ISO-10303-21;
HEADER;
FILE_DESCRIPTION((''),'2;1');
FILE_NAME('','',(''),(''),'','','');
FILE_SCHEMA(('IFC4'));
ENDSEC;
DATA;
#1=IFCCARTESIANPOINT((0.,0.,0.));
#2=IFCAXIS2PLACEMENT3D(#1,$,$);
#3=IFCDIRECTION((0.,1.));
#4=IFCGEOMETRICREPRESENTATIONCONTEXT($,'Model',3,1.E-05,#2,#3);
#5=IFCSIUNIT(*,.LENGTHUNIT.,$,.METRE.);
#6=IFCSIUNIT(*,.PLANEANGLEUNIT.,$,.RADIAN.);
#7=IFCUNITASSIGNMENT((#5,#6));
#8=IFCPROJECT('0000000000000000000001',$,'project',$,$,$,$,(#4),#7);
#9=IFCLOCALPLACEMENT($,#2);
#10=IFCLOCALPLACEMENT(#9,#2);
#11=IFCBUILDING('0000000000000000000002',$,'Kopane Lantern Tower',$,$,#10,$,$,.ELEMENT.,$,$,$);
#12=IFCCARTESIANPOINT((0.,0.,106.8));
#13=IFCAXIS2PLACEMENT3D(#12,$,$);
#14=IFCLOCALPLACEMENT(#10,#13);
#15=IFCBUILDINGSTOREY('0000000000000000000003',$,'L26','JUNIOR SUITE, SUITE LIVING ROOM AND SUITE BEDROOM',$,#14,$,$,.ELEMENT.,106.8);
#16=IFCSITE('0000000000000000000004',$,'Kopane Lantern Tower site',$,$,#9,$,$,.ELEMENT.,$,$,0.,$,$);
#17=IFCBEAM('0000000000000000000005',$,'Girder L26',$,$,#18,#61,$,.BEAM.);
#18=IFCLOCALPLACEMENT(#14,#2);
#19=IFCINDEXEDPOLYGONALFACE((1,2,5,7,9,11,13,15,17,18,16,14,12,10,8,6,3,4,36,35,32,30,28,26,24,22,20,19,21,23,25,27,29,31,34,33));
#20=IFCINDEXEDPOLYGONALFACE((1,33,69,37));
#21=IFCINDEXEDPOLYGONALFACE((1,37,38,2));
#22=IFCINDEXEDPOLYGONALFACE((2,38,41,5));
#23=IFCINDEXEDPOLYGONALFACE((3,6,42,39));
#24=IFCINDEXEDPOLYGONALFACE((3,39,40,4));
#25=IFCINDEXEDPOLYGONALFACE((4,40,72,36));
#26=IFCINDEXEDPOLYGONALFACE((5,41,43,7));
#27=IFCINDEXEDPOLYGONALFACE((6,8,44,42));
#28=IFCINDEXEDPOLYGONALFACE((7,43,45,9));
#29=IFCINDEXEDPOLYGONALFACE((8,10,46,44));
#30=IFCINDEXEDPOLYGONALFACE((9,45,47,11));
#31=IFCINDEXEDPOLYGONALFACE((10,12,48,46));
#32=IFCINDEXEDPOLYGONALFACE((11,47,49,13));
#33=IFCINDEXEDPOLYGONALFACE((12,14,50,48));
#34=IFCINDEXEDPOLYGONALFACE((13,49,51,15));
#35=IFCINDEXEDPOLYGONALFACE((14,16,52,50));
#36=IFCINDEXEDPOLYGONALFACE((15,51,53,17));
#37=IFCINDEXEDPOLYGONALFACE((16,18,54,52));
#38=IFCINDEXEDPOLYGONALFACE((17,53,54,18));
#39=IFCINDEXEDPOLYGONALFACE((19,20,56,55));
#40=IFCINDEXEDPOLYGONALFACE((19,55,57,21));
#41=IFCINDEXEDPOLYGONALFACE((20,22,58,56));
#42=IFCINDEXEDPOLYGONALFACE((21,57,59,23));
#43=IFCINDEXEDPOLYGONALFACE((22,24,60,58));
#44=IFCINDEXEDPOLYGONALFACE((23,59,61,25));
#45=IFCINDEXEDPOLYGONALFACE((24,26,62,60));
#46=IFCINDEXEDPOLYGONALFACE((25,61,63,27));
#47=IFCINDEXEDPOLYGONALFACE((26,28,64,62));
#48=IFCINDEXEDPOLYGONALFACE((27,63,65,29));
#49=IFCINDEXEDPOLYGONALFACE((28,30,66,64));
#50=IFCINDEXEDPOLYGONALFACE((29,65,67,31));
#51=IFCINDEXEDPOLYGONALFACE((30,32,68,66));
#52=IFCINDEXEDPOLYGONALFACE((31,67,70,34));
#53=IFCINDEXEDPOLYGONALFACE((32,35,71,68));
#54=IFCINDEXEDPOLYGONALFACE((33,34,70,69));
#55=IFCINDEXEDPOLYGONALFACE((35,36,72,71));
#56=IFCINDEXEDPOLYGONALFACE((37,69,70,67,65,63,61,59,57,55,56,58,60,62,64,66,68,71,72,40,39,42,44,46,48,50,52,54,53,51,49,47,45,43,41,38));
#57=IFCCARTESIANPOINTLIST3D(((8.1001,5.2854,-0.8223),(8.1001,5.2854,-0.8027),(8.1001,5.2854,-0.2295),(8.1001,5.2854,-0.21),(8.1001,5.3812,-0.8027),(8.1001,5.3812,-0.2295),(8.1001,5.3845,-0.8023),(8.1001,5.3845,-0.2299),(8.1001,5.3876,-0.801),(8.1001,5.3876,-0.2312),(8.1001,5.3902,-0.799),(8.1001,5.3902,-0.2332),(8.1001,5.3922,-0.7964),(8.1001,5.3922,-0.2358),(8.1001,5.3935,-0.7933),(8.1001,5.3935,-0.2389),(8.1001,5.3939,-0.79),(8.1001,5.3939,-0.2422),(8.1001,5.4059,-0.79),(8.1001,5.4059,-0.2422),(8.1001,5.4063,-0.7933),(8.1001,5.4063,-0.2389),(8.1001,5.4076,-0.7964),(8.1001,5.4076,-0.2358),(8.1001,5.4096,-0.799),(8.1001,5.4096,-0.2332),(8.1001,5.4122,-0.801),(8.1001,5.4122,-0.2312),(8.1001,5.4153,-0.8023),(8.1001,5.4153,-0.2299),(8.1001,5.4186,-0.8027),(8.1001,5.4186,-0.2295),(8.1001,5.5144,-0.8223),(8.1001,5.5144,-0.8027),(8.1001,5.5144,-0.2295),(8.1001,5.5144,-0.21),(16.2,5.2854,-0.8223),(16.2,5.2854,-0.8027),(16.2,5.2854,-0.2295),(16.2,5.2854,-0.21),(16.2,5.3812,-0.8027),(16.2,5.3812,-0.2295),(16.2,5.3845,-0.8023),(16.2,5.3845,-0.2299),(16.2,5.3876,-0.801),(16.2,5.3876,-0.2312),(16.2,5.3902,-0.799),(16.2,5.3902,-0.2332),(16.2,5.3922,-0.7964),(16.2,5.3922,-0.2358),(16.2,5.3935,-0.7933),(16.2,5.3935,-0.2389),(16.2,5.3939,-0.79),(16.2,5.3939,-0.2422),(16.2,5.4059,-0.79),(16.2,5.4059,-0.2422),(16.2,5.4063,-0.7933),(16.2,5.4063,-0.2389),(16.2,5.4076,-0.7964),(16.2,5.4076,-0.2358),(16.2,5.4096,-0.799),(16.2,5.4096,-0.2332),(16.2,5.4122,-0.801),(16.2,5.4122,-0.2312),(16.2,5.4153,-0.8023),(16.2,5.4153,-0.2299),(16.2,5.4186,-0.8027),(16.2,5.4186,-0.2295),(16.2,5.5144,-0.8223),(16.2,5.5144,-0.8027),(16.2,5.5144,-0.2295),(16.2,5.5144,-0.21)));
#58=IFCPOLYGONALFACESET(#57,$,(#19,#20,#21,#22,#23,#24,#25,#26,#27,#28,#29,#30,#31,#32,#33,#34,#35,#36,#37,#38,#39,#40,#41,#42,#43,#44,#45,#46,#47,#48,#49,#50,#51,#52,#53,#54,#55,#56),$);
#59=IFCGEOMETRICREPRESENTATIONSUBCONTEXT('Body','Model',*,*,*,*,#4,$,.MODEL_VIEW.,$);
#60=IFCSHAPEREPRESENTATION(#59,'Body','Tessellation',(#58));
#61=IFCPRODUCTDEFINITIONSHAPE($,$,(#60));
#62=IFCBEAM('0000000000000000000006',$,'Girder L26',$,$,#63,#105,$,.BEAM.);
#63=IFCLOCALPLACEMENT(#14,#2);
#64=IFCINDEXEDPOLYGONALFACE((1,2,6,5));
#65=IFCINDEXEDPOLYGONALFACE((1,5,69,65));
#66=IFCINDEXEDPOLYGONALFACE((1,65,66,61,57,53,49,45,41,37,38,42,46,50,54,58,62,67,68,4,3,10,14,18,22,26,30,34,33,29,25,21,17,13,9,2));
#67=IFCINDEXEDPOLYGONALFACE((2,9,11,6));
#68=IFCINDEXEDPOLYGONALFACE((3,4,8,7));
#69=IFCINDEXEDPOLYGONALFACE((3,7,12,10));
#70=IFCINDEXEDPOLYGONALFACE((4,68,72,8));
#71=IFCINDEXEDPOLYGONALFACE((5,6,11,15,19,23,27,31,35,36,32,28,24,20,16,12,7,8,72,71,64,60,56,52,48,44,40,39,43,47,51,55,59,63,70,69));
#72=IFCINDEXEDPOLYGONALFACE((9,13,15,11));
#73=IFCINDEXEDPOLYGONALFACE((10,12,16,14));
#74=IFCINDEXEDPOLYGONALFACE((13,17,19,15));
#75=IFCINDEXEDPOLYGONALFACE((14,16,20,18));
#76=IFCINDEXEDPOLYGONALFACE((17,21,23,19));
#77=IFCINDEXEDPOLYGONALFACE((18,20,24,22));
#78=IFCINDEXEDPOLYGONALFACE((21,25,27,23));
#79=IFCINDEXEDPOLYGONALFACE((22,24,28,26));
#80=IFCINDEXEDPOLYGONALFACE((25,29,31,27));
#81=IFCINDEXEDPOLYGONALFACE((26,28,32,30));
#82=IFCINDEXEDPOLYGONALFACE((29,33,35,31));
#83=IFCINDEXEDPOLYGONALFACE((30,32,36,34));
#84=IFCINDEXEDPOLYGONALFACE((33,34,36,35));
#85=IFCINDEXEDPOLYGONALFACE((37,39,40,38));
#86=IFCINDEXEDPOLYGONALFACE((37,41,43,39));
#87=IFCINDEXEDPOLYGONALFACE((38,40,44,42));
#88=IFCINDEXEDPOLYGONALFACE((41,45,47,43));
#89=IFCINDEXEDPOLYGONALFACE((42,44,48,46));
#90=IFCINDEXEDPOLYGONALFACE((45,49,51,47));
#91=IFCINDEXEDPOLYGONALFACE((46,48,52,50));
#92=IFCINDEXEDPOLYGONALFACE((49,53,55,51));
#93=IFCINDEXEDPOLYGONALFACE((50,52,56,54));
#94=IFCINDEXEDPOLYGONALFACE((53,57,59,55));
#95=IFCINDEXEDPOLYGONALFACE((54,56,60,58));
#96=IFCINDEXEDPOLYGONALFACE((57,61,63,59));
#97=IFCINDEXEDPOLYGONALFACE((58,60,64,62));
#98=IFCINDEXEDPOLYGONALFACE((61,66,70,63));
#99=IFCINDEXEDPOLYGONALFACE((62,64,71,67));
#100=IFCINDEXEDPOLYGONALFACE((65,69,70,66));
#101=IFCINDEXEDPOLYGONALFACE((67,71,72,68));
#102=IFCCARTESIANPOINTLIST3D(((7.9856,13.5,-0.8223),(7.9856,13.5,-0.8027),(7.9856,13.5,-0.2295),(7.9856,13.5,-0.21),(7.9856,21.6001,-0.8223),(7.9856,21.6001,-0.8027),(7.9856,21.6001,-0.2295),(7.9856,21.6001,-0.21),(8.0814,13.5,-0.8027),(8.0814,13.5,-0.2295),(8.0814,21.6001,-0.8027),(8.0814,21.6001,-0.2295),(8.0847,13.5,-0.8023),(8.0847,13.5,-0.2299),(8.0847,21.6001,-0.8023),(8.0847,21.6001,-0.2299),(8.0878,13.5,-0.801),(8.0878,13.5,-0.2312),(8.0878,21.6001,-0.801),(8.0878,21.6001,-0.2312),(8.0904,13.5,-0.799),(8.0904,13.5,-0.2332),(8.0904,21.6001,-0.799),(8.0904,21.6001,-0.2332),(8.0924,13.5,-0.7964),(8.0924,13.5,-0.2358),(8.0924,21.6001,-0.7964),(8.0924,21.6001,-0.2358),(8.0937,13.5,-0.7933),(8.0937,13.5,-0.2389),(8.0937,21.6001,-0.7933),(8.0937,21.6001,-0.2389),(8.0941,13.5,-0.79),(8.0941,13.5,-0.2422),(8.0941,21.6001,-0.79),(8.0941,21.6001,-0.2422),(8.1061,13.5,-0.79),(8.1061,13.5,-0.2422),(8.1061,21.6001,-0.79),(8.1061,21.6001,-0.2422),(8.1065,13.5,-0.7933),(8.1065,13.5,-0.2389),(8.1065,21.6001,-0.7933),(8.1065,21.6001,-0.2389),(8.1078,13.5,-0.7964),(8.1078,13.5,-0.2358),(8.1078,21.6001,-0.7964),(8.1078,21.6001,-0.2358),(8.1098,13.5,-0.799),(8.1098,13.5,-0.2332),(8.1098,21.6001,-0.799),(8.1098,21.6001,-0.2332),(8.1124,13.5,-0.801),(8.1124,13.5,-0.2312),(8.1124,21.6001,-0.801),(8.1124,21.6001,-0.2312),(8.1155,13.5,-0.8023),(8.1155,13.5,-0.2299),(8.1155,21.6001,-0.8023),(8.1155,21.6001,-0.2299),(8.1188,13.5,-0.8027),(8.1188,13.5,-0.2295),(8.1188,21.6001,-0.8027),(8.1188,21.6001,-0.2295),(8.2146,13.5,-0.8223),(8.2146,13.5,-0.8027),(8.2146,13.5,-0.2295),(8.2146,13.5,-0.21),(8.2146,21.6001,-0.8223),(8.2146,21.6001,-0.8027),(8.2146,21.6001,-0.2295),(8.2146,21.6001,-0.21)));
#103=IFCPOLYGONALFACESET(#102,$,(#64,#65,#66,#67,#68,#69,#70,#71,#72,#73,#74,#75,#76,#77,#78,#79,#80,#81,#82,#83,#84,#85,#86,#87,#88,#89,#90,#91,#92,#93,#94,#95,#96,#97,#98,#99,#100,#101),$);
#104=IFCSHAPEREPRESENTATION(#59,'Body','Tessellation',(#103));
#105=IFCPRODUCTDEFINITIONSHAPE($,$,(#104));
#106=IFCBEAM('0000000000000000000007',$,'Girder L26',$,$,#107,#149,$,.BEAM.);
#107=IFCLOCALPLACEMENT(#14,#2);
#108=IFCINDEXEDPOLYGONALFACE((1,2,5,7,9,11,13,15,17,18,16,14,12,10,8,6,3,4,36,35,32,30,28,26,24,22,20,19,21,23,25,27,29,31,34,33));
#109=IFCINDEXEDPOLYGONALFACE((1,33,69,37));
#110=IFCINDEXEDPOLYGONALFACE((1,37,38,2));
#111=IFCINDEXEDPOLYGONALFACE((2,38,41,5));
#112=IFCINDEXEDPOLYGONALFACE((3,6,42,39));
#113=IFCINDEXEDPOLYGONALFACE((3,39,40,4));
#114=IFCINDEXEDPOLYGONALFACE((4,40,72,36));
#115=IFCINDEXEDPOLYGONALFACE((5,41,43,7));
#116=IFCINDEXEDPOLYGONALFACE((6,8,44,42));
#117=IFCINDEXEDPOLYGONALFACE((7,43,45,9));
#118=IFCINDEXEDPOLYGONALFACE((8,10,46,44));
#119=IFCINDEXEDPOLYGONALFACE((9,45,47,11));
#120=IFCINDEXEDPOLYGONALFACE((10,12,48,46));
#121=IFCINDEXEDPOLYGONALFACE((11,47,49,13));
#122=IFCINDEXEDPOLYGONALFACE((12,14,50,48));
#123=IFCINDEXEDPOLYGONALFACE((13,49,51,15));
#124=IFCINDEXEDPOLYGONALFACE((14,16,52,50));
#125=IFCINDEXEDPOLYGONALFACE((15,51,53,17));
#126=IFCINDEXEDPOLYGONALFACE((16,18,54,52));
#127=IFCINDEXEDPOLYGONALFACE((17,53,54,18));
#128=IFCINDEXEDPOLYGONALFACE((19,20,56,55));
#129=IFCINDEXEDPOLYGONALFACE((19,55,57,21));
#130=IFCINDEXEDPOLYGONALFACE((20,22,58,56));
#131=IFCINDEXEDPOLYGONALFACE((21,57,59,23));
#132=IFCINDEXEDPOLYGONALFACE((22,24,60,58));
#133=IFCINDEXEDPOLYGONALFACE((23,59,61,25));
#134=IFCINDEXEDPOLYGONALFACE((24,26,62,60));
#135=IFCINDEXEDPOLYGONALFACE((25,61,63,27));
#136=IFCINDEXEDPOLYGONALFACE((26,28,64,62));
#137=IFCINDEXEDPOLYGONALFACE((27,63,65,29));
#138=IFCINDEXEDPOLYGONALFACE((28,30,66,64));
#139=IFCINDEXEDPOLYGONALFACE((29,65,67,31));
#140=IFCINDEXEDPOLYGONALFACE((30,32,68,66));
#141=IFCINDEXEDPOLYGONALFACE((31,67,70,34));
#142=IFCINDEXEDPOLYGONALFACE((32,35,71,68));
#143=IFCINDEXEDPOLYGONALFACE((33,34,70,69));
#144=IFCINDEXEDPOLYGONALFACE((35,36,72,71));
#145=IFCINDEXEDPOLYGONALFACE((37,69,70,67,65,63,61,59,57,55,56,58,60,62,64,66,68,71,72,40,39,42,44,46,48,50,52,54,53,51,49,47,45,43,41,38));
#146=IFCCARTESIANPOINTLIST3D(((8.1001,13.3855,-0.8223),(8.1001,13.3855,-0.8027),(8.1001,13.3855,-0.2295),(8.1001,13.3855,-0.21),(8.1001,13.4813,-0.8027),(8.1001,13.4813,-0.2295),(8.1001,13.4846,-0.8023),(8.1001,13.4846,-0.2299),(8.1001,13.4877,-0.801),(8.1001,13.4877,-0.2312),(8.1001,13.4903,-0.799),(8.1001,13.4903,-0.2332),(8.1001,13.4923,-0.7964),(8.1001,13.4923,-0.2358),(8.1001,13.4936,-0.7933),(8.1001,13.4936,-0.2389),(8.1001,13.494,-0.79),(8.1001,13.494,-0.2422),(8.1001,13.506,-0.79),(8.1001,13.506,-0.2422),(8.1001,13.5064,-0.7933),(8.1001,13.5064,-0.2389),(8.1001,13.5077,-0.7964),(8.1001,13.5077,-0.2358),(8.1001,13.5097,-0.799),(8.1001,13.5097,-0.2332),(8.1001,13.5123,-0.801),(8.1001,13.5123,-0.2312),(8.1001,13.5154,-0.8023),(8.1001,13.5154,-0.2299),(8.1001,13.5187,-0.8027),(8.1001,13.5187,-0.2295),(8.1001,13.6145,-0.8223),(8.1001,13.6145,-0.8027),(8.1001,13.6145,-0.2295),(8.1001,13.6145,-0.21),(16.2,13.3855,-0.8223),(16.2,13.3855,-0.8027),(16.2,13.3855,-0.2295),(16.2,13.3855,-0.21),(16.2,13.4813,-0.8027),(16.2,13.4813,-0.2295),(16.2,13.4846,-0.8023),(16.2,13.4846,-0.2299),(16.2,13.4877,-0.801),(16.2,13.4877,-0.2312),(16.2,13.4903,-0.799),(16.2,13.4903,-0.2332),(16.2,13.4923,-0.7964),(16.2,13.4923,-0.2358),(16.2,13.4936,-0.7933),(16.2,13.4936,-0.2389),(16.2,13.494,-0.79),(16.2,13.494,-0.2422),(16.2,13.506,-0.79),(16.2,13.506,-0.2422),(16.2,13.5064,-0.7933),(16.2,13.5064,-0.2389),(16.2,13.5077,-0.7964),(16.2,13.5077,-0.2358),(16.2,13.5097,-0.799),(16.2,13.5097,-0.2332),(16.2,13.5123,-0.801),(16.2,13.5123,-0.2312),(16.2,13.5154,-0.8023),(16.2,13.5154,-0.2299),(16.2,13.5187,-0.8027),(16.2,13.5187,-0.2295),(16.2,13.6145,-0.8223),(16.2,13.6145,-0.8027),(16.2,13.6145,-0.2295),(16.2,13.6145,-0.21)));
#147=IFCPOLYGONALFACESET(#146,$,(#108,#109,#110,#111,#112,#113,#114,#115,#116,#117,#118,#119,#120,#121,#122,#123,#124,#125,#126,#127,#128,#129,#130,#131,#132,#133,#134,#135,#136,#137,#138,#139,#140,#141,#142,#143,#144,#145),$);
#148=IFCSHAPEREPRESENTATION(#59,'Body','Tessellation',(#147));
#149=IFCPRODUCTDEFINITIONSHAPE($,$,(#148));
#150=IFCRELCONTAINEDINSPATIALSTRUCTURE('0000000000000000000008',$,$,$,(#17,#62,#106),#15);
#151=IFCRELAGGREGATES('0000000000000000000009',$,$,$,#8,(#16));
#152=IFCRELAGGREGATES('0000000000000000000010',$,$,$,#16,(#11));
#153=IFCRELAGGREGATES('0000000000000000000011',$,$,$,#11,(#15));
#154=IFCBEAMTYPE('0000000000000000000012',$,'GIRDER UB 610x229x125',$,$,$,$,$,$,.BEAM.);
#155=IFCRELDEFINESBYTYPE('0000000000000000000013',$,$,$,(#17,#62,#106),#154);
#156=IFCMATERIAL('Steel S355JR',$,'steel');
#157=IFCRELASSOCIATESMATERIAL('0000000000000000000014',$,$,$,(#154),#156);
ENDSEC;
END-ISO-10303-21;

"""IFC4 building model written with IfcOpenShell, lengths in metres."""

from ifc_helpers import new_model, si_unit, direction, frame, origin, origin_2d, place, context, subcontext, project, spatial, i_section, extrude, material, material_profile, profile_set, type_object, element, save


model = new_model("IFC4")

# Units and contexts
model_context = context("Model", 3, precision=1e-05, world=origin(), true_north=direction((0.0, 1.0)))
body_context = subcontext(model_context, "Body", "Model", "MODEL_VIEW")
ifc_project = project(units=[si_unit("LENGTHUNIT", "METRE"), si_unit("PLANEANGLEUNIT", "RADIAN")], contexts=[model_context])

# Site, building, storey
site_placement = place(None, origin())
site = spatial("IfcSite", under=ifc_project, at=site_placement, Name="Kopane Lantern Tower site", CompositionType="ELEMENT", RefElevation=0.0)
building_placement = place(site_placement, origin())
building = spatial("IfcBuilding", under=site, at=building_placement, Name="Kopane Lantern Tower", CompositionType="ELEMENT")
storey_placement = place(building_placement, frame((0.0, 0.0, 106.8)))
storey = spatial("IfcBuildingStorey", under=building, at=storey_placement, Name="L26", Description="JUNIOR SUITE, SUITE LIVING ROOM AND SUITE BEDROOM", CompositionType="ELEMENT", Elevation=106.8)

# Beams
ifc_material_1 = material(Name="Steel S355JR", Category="steel")
ifc_material_profile_1 = material_profile(ifc_material_1, i_section(OverallWidth=0.229, OverallDepth=0.6123, WebThickness=0.012, FlangeThickness=0.0195, FilletRadius=0.0127, at=origin_2d()), Name="UB 610x229x125")
ifc_profile_set_1 = profile_set([ifc_material_profile_1], Name="Steel S355JR")
beam_type_1 = type_object("IfcBeamType", Name="GIRDER UB 610x229x125", PredefinedType="BEAM", material=ifc_profile_set_1)
beam_1_placement = place(storey_placement, frame((8.1001, 5.3999, -0.5161), z_axis=(1.0, 0.0, 0.0), x_axis=(0.0, 1.0, 0.0)))
element("IfcBeam", 1, at=beam_1_placement, inside=storey, type_object=beam_type_1, Name="Girder L26", PredefinedType="BEAM", context=body_context, shape_type="SweptSolid", body=[
    extrude(i_section(OverallWidth=0.229, OverallDepth=0.6123, WebThickness=0.012, FlangeThickness=0.0195, FilletRadius=0.0127, at=origin_2d()), origin(), (0.0, 0.0, 1.0), 8.0999),
])
beam_2_placement = place(storey_placement, frame((8.1001, 13.5, -0.5161), z_axis=(0.0, 1.0, 0.0), x_axis=(-1.0, 0.0, 0.0)))
element("IfcBeam", 2, at=beam_2_placement, inside=storey, type_object=beam_type_1, Name="Girder L26", PredefinedType="BEAM", context=body_context, shape_type="SweptSolid", body=[
    extrude(i_section(OverallWidth=0.229, OverallDepth=0.6123, WebThickness=0.012, FlangeThickness=0.0195, FilletRadius=0.0127, at=origin_2d()), origin(), (0.0, 0.0, 1.0), 8.1001),
])
beam_3_placement = place(storey_placement, frame((8.1001, 13.5, -0.5161), z_axis=(1.0, 0.0, 0.0), x_axis=(0.0, 1.0, 0.0)))
element("IfcBeam", 3, at=beam_3_placement, inside=storey, type_object=beam_type_1, Name="Girder L26", PredefinedType="BEAM", context=body_context, shape_type="SweptSolid", body=[
    extrude(i_section(OverallWidth=0.229, OverallDepth=0.6123, WebThickness=0.012, FlangeThickness=0.0195, FilletRadius=0.0127, at=origin_2d()), origin(), (0.0, 0.0, 1.0), 8.0999),
])

save(model, "model.ifc")
